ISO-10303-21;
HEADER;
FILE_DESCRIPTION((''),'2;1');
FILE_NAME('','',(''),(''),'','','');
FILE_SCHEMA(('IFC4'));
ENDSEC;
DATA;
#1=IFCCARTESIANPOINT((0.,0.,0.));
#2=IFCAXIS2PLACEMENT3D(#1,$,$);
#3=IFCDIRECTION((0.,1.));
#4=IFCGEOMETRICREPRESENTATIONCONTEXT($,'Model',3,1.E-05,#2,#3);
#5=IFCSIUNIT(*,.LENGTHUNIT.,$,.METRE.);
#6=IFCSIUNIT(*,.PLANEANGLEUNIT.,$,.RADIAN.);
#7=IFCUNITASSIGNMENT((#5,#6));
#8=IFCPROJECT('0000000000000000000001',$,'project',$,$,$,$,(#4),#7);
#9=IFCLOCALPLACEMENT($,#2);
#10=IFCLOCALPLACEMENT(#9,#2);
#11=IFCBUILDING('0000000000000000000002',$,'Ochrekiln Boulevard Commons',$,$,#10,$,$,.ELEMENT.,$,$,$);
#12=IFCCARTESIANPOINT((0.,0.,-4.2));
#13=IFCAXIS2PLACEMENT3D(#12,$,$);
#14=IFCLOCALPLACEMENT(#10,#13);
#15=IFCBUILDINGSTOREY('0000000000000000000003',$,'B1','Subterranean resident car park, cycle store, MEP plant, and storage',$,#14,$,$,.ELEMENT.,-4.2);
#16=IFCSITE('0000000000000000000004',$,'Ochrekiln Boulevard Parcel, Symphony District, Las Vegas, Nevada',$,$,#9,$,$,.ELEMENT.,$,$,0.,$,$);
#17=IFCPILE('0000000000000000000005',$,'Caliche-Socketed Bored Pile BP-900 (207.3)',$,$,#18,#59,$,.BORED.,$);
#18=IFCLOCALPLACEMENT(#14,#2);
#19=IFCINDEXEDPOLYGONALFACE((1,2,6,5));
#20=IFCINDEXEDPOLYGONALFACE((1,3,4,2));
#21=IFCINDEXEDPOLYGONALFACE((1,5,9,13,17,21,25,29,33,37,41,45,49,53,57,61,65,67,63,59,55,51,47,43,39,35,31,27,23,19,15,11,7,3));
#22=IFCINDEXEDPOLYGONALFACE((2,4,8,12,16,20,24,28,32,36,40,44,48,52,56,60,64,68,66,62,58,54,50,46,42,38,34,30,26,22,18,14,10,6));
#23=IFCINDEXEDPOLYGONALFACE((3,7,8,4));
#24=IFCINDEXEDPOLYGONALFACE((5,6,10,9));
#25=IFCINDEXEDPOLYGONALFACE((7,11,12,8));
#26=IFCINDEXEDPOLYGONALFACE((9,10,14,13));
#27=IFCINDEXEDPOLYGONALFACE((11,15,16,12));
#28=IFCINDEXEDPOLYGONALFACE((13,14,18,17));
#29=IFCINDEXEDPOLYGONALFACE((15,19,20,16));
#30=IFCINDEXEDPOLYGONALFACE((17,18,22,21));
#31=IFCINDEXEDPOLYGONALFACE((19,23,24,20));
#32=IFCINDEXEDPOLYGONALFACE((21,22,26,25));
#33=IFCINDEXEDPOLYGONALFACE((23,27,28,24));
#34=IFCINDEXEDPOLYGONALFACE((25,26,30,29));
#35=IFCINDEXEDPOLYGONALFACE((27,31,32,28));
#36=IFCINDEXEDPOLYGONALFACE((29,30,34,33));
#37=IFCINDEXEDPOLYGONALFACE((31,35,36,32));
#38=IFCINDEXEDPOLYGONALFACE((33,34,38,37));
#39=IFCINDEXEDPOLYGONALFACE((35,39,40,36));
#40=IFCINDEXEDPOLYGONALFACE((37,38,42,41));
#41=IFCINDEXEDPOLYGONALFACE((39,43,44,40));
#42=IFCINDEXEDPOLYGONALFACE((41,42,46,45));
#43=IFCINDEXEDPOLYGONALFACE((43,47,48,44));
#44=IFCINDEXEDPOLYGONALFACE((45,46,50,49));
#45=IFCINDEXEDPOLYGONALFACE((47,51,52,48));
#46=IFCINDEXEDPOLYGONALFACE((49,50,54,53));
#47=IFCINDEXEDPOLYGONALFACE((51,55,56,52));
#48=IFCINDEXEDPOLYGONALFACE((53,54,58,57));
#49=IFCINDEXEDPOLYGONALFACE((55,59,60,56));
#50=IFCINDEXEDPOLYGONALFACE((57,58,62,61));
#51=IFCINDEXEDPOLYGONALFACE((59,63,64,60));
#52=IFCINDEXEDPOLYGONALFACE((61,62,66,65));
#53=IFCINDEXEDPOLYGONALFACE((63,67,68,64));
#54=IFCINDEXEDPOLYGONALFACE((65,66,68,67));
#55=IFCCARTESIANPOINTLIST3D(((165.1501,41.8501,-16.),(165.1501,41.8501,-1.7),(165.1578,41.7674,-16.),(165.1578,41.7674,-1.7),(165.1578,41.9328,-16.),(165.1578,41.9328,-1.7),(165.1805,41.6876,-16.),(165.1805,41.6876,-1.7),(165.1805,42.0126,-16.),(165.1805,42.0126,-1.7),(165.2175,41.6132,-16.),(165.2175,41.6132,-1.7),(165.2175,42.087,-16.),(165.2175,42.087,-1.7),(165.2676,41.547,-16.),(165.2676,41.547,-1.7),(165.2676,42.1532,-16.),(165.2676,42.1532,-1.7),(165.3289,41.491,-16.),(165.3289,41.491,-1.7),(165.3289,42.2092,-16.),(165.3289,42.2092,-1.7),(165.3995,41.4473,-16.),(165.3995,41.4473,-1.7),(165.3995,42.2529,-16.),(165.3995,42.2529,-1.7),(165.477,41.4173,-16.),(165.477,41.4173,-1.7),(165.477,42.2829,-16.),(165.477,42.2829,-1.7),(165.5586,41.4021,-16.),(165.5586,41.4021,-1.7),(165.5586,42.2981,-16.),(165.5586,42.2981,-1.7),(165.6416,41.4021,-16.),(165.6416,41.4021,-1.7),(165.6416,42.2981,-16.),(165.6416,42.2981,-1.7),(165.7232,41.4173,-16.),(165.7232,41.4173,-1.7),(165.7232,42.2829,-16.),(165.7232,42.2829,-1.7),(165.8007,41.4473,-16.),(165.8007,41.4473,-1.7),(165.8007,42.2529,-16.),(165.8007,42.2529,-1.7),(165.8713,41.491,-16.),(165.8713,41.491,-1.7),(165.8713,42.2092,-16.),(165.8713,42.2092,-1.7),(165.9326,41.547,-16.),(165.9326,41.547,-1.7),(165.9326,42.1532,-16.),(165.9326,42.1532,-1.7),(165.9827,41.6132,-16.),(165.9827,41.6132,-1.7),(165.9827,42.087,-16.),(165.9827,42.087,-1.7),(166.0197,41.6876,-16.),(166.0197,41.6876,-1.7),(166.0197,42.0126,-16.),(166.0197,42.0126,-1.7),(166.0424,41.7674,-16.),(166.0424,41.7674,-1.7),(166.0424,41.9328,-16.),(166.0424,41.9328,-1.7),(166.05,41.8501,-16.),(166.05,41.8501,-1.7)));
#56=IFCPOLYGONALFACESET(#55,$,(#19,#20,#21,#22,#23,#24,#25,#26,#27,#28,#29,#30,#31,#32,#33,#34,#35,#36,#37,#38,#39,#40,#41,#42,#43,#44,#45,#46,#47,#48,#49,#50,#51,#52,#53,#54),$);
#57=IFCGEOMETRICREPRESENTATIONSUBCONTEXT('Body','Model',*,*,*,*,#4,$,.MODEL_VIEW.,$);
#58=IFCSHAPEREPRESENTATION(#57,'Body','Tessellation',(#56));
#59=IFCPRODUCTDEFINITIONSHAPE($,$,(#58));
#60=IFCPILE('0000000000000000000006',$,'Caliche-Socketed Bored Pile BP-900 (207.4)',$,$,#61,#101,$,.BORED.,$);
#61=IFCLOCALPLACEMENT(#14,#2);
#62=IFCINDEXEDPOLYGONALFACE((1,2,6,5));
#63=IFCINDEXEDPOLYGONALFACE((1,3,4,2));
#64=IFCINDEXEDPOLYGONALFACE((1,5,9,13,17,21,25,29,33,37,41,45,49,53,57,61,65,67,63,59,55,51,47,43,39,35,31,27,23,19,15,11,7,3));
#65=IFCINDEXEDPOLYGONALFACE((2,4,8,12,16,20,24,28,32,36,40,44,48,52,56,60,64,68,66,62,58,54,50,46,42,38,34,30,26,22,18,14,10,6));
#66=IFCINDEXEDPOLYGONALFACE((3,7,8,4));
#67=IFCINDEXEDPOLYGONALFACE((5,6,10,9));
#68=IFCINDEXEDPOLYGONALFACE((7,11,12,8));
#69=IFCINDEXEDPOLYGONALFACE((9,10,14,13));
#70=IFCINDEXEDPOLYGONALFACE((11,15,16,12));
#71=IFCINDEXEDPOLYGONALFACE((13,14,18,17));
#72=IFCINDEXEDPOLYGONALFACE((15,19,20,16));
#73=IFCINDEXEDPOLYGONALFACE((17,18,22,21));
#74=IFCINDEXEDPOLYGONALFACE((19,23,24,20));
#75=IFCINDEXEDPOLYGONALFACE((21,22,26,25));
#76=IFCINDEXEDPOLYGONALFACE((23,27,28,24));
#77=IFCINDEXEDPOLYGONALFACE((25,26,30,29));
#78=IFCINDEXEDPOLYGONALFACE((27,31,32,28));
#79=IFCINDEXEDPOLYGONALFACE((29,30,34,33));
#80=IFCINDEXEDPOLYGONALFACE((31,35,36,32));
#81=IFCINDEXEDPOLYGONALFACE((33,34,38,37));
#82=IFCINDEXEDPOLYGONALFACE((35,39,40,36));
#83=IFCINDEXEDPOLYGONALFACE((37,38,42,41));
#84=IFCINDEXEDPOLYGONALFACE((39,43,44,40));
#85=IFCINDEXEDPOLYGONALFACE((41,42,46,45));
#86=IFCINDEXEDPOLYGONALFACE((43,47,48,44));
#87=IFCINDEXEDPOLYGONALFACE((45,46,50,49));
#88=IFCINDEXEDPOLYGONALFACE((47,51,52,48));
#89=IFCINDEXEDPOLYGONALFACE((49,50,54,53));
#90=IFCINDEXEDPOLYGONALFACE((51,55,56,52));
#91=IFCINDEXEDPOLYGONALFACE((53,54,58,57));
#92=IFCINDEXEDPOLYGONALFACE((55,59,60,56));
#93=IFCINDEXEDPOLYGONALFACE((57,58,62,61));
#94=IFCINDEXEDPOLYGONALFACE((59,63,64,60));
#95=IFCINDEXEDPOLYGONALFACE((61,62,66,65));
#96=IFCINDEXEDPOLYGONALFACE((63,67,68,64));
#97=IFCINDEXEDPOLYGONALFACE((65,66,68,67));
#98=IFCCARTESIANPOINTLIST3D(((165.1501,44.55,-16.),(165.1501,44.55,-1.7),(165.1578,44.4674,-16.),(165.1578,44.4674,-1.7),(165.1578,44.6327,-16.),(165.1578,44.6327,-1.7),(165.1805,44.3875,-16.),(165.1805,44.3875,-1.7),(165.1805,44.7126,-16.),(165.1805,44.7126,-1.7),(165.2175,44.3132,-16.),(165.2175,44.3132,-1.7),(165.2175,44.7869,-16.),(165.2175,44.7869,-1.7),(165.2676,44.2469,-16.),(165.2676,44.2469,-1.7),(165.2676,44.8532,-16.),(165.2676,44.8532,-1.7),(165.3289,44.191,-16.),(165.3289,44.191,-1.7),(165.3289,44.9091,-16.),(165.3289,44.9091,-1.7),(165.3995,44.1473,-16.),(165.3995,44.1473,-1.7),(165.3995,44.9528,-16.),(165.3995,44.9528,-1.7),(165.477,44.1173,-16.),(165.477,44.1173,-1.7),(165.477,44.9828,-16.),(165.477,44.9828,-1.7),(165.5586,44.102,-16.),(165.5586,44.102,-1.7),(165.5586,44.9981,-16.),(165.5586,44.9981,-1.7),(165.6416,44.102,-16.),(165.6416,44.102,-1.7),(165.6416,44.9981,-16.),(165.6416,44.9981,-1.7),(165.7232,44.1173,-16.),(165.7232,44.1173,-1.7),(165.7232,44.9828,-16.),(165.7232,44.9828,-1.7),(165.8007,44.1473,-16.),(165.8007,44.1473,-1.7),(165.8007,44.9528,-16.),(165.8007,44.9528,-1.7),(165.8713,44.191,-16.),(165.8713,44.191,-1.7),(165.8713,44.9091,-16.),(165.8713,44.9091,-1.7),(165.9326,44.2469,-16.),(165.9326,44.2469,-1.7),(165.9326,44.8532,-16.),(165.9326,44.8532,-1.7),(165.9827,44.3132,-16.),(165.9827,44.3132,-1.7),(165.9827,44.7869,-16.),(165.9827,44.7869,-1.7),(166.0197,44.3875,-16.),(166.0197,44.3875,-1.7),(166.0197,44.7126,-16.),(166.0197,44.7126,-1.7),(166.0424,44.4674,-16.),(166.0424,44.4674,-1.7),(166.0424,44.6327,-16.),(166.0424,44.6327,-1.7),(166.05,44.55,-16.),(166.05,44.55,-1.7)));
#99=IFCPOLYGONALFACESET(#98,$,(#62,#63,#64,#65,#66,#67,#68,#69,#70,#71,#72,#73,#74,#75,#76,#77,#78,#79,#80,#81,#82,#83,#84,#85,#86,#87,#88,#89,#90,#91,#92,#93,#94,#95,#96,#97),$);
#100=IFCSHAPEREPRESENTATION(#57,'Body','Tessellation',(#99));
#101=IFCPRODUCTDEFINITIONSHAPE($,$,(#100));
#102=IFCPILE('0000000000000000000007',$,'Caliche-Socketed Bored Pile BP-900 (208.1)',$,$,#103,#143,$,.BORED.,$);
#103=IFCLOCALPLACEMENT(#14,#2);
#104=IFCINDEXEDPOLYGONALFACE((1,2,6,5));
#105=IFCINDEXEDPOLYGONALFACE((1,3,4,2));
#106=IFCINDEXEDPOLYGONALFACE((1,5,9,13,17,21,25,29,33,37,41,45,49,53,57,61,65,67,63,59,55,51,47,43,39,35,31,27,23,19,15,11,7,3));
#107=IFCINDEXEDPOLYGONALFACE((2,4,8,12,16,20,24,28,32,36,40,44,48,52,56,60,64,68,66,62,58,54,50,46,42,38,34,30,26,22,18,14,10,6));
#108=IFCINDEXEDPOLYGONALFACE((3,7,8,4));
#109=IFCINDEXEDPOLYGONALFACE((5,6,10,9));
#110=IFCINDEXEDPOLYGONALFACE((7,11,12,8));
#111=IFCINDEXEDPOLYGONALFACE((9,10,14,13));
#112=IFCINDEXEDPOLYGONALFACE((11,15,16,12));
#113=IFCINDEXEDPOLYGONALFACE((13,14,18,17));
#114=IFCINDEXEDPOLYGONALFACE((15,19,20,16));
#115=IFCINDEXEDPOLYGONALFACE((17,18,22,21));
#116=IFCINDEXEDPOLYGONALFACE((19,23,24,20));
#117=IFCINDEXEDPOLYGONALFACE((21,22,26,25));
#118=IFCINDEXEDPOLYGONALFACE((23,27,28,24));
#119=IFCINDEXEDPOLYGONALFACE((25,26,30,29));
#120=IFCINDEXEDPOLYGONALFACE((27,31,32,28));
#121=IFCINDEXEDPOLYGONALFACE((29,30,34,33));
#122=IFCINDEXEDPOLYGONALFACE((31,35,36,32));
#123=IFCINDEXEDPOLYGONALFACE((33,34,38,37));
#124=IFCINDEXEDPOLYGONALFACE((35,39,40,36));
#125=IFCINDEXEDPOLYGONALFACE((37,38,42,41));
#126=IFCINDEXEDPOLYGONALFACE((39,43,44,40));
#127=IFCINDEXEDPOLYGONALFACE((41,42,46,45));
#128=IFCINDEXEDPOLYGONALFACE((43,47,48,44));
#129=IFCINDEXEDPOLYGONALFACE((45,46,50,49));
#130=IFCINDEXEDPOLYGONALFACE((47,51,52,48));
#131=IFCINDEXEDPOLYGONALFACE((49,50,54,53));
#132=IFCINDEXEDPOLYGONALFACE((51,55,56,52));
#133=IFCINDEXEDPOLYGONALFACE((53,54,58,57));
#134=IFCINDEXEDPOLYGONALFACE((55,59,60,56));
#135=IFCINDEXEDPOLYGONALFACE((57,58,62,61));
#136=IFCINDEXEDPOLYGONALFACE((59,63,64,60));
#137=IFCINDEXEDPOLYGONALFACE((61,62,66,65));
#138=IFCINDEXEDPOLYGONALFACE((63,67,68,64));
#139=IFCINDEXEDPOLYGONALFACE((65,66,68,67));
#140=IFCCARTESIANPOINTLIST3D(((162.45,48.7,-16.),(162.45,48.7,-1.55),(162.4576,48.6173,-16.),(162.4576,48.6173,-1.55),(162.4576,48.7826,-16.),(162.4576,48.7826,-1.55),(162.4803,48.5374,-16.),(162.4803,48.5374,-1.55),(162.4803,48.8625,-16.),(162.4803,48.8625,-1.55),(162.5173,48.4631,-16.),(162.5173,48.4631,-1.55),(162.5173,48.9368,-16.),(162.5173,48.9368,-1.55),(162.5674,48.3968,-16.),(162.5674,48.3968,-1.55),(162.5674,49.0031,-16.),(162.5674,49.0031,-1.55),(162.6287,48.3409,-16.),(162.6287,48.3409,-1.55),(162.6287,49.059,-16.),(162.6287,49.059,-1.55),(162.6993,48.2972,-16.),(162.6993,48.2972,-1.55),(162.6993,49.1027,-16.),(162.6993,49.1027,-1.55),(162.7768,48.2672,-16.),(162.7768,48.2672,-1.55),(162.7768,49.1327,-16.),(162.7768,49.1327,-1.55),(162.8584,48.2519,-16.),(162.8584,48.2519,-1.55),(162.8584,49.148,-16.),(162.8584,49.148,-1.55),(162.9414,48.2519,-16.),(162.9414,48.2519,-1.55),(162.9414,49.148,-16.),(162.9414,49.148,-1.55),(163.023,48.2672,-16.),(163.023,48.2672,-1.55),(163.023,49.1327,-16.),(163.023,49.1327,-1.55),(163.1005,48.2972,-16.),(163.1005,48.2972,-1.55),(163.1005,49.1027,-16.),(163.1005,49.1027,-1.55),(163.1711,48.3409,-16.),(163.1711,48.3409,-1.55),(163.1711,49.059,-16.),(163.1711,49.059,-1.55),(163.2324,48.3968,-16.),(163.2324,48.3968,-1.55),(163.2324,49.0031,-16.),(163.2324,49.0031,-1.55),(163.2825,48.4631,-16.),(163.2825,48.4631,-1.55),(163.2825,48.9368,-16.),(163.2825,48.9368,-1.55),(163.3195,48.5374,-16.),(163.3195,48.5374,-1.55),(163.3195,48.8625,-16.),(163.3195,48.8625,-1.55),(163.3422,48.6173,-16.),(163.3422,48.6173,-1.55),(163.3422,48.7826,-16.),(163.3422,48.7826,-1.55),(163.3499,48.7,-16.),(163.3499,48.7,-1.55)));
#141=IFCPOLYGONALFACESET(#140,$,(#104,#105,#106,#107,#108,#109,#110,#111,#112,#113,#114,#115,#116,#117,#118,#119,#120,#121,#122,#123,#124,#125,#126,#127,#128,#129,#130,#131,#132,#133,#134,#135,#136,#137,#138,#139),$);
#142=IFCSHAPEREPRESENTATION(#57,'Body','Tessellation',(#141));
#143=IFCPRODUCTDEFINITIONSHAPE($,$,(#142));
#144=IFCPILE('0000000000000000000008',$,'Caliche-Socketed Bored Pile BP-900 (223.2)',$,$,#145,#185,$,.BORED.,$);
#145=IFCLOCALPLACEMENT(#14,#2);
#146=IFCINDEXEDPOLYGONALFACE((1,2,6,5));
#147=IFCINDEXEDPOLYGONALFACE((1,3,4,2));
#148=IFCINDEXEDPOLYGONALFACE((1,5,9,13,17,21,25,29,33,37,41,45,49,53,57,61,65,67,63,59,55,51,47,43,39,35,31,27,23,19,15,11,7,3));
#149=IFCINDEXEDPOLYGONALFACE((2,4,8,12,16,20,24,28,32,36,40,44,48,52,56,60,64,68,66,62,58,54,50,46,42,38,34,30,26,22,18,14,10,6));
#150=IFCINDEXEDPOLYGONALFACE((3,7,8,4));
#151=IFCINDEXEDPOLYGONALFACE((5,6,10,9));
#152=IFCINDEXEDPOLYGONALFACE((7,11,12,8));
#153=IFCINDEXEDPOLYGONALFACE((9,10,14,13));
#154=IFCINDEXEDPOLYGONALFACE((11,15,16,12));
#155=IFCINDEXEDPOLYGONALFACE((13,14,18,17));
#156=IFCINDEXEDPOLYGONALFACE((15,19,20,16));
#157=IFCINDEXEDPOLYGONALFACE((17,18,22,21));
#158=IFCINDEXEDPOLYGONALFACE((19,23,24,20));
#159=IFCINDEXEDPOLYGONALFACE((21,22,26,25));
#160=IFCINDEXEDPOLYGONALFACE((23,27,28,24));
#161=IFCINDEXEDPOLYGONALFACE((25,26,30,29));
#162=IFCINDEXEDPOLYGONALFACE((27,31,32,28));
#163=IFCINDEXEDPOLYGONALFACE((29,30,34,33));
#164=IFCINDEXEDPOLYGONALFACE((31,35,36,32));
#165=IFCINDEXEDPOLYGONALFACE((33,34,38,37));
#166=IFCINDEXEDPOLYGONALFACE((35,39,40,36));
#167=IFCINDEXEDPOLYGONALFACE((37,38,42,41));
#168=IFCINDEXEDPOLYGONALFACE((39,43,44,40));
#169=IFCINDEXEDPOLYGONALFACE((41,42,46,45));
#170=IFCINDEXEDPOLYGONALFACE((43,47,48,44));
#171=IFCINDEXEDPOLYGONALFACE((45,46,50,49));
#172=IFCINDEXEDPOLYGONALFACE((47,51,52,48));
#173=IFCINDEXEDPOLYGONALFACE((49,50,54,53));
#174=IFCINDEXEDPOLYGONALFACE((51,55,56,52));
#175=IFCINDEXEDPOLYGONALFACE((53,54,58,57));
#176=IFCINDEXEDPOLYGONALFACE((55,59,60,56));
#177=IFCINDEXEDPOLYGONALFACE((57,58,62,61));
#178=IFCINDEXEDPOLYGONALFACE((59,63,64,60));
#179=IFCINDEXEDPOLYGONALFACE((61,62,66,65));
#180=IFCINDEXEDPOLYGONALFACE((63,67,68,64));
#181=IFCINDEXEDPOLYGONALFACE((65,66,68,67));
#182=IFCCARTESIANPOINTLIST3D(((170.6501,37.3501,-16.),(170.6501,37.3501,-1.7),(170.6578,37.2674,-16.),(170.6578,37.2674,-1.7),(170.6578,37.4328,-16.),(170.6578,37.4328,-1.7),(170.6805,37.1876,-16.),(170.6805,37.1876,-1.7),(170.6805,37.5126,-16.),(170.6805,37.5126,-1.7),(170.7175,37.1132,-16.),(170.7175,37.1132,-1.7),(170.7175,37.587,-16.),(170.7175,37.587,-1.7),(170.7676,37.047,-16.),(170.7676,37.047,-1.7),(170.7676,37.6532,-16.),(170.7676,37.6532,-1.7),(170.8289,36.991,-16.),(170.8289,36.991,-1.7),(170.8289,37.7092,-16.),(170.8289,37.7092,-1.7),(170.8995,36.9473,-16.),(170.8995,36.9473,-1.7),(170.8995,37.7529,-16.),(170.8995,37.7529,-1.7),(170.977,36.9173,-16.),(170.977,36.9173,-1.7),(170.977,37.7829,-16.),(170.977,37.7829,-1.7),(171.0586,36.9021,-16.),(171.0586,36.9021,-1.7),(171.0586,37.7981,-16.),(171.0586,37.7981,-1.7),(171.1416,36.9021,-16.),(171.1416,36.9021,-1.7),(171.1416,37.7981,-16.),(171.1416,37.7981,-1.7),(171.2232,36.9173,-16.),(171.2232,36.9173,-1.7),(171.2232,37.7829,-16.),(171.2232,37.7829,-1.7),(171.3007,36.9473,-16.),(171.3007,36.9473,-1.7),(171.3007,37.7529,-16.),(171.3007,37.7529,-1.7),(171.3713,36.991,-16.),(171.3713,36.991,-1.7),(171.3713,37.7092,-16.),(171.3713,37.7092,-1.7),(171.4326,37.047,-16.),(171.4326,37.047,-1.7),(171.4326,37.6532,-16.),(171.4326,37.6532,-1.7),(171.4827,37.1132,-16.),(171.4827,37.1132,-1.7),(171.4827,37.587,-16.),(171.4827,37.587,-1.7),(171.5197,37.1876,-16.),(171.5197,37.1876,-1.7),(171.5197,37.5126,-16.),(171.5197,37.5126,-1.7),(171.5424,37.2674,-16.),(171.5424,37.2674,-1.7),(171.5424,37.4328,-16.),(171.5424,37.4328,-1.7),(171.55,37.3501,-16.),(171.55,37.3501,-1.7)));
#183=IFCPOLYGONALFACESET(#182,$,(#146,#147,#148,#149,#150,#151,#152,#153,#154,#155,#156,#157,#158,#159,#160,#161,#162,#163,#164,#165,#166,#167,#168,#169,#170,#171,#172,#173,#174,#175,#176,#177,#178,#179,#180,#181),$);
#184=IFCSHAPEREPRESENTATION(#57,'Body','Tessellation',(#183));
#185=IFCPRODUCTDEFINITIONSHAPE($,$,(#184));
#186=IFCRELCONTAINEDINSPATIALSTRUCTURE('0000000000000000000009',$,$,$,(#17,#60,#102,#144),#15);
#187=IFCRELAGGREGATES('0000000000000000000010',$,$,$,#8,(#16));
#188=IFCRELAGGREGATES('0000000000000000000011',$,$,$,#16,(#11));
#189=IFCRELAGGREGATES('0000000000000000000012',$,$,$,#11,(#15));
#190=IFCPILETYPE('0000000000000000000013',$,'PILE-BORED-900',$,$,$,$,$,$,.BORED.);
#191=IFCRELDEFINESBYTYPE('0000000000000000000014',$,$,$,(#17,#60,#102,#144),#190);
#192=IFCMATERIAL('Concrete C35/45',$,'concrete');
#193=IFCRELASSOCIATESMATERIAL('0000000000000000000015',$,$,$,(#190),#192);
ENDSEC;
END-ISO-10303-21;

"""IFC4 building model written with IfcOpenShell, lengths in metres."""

from ifc_helpers import new_model, si_unit, direction, frame, origin, origin_2d, place, context, subcontext, project, spatial, circle, extrude, material, material_profile, profile_set, type_object, element, save


model = new_model("IFC4")

# Units and contexts
model_context = context("Model", 3, precision=1e-05, world=origin(), true_north=direction((0.0, 1.0)))
body_context = subcontext(model_context, "Body", "Model", "MODEL_VIEW")
ifc_project = project(units=[si_unit("LENGTHUNIT", "METRE"), si_unit("PLANEANGLEUNIT", "RADIAN")], contexts=[model_context])

# Site, building, storey
site_placement = place(None, origin())
site = spatial("IfcSite", under=ifc_project, at=site_placement, Name="Ochrekiln Boulevard Parcel, Symphony District, Las Vegas, Nevada", CompositionType="ELEMENT", RefElevation=0.0)
building_placement = place(site_placement, origin())
building = spatial("IfcBuilding", under=site, at=building_placement, Name="Ochrekiln Boulevard Commons", CompositionType="ELEMENT")
storey_placement = place(building_placement, frame((0.0, 0.0, -4.2)))
storey = spatial("IfcBuildingStorey", under=building, at=storey_placement, Name="B1", Description="Subterranean resident car park, cycle store, MEP plant, and storage", CompositionType="ELEMENT", Elevation=-4.2)

# Shared definitions
ifc_material_1 = material(Name="Concrete C35/45", Category="concrete")

# Piles
ifc_material_profile_1 = material_profile(ifc_material_1, circle(Radius=0.45, at=origin_2d()), Name="PILE-D900")
ifc_profile_set_1 = profile_set([ifc_material_profile_1], Name="Concrete C35/45")
pile_type = type_object("IfcPileType", Name="PILE-BORED-900", PredefinedType="BORED", material=ifc_profile_set_1)
for number, where, z_axis, x_axis, name in (
    (1, (165.6001, 41.8501, -1.7), (0.0, 0.0, -1.0), (1.0, 0.0, 0.0), "Caliche-Socketed Bored Pile BP-900 (207.3)"),
    (2, (165.6001, 44.55, -1.7), (0.0, 0.0, -1.0), (1.0, 0.0, 0.0), "Caliche-Socketed Bored Pile BP-900 (207.4)"),
):
    element("IfcPile", number, at=place(storey_placement, frame(where, z_axis=z_axis, x_axis=x_axis)), inside=storey, type_object=pile_type, Name=name, PredefinedType="BORED", context=body_context, shape_type="SweptSolid", body=[
        extrude(circle(Radius=0.45, at=origin_2d()), origin(), (0.0, 0.0, 1.0), 14.3),
    ])
pile_placement = place(storey_placement, frame((162.8999, 48.7, -1.55), z_axis=(0.0, 0.0, -1.0), x_axis=(1.0, 0.0, 0.0)))
element("IfcPile", 3, at=pile_placement, inside=storey, type_object=pile_type, Name="Caliche-Socketed Bored Pile BP-900 (208.1)", PredefinedType="BORED", context=body_context, shape_type="SweptSolid", body=[
    extrude(circle(Radius=0.45, at=origin_2d()), origin(), (0.0, 0.0, 1.0), 14.45),
])
for number, where, z_axis, x_axis, name in (
    (4, (171.1001, 37.3501, -1.7), (0.0, 0.0, -1.0), (1.0, 0.0, 0.0), "Caliche-Socketed Bored Pile BP-900 (223.2)"),
):
    element("IfcPile", number, at=place(storey_placement, frame(where, z_axis=z_axis, x_axis=x_axis)), inside=storey, type_object=pile_type, Name=name, PredefinedType="BORED", context=body_context, shape_type="SweptSolid", body=[
        extrude(circle(Radius=0.45, at=origin_2d()), origin(), (0.0, 0.0, 1.0), 14.3),
    ])

save(model, "model.ifc")
